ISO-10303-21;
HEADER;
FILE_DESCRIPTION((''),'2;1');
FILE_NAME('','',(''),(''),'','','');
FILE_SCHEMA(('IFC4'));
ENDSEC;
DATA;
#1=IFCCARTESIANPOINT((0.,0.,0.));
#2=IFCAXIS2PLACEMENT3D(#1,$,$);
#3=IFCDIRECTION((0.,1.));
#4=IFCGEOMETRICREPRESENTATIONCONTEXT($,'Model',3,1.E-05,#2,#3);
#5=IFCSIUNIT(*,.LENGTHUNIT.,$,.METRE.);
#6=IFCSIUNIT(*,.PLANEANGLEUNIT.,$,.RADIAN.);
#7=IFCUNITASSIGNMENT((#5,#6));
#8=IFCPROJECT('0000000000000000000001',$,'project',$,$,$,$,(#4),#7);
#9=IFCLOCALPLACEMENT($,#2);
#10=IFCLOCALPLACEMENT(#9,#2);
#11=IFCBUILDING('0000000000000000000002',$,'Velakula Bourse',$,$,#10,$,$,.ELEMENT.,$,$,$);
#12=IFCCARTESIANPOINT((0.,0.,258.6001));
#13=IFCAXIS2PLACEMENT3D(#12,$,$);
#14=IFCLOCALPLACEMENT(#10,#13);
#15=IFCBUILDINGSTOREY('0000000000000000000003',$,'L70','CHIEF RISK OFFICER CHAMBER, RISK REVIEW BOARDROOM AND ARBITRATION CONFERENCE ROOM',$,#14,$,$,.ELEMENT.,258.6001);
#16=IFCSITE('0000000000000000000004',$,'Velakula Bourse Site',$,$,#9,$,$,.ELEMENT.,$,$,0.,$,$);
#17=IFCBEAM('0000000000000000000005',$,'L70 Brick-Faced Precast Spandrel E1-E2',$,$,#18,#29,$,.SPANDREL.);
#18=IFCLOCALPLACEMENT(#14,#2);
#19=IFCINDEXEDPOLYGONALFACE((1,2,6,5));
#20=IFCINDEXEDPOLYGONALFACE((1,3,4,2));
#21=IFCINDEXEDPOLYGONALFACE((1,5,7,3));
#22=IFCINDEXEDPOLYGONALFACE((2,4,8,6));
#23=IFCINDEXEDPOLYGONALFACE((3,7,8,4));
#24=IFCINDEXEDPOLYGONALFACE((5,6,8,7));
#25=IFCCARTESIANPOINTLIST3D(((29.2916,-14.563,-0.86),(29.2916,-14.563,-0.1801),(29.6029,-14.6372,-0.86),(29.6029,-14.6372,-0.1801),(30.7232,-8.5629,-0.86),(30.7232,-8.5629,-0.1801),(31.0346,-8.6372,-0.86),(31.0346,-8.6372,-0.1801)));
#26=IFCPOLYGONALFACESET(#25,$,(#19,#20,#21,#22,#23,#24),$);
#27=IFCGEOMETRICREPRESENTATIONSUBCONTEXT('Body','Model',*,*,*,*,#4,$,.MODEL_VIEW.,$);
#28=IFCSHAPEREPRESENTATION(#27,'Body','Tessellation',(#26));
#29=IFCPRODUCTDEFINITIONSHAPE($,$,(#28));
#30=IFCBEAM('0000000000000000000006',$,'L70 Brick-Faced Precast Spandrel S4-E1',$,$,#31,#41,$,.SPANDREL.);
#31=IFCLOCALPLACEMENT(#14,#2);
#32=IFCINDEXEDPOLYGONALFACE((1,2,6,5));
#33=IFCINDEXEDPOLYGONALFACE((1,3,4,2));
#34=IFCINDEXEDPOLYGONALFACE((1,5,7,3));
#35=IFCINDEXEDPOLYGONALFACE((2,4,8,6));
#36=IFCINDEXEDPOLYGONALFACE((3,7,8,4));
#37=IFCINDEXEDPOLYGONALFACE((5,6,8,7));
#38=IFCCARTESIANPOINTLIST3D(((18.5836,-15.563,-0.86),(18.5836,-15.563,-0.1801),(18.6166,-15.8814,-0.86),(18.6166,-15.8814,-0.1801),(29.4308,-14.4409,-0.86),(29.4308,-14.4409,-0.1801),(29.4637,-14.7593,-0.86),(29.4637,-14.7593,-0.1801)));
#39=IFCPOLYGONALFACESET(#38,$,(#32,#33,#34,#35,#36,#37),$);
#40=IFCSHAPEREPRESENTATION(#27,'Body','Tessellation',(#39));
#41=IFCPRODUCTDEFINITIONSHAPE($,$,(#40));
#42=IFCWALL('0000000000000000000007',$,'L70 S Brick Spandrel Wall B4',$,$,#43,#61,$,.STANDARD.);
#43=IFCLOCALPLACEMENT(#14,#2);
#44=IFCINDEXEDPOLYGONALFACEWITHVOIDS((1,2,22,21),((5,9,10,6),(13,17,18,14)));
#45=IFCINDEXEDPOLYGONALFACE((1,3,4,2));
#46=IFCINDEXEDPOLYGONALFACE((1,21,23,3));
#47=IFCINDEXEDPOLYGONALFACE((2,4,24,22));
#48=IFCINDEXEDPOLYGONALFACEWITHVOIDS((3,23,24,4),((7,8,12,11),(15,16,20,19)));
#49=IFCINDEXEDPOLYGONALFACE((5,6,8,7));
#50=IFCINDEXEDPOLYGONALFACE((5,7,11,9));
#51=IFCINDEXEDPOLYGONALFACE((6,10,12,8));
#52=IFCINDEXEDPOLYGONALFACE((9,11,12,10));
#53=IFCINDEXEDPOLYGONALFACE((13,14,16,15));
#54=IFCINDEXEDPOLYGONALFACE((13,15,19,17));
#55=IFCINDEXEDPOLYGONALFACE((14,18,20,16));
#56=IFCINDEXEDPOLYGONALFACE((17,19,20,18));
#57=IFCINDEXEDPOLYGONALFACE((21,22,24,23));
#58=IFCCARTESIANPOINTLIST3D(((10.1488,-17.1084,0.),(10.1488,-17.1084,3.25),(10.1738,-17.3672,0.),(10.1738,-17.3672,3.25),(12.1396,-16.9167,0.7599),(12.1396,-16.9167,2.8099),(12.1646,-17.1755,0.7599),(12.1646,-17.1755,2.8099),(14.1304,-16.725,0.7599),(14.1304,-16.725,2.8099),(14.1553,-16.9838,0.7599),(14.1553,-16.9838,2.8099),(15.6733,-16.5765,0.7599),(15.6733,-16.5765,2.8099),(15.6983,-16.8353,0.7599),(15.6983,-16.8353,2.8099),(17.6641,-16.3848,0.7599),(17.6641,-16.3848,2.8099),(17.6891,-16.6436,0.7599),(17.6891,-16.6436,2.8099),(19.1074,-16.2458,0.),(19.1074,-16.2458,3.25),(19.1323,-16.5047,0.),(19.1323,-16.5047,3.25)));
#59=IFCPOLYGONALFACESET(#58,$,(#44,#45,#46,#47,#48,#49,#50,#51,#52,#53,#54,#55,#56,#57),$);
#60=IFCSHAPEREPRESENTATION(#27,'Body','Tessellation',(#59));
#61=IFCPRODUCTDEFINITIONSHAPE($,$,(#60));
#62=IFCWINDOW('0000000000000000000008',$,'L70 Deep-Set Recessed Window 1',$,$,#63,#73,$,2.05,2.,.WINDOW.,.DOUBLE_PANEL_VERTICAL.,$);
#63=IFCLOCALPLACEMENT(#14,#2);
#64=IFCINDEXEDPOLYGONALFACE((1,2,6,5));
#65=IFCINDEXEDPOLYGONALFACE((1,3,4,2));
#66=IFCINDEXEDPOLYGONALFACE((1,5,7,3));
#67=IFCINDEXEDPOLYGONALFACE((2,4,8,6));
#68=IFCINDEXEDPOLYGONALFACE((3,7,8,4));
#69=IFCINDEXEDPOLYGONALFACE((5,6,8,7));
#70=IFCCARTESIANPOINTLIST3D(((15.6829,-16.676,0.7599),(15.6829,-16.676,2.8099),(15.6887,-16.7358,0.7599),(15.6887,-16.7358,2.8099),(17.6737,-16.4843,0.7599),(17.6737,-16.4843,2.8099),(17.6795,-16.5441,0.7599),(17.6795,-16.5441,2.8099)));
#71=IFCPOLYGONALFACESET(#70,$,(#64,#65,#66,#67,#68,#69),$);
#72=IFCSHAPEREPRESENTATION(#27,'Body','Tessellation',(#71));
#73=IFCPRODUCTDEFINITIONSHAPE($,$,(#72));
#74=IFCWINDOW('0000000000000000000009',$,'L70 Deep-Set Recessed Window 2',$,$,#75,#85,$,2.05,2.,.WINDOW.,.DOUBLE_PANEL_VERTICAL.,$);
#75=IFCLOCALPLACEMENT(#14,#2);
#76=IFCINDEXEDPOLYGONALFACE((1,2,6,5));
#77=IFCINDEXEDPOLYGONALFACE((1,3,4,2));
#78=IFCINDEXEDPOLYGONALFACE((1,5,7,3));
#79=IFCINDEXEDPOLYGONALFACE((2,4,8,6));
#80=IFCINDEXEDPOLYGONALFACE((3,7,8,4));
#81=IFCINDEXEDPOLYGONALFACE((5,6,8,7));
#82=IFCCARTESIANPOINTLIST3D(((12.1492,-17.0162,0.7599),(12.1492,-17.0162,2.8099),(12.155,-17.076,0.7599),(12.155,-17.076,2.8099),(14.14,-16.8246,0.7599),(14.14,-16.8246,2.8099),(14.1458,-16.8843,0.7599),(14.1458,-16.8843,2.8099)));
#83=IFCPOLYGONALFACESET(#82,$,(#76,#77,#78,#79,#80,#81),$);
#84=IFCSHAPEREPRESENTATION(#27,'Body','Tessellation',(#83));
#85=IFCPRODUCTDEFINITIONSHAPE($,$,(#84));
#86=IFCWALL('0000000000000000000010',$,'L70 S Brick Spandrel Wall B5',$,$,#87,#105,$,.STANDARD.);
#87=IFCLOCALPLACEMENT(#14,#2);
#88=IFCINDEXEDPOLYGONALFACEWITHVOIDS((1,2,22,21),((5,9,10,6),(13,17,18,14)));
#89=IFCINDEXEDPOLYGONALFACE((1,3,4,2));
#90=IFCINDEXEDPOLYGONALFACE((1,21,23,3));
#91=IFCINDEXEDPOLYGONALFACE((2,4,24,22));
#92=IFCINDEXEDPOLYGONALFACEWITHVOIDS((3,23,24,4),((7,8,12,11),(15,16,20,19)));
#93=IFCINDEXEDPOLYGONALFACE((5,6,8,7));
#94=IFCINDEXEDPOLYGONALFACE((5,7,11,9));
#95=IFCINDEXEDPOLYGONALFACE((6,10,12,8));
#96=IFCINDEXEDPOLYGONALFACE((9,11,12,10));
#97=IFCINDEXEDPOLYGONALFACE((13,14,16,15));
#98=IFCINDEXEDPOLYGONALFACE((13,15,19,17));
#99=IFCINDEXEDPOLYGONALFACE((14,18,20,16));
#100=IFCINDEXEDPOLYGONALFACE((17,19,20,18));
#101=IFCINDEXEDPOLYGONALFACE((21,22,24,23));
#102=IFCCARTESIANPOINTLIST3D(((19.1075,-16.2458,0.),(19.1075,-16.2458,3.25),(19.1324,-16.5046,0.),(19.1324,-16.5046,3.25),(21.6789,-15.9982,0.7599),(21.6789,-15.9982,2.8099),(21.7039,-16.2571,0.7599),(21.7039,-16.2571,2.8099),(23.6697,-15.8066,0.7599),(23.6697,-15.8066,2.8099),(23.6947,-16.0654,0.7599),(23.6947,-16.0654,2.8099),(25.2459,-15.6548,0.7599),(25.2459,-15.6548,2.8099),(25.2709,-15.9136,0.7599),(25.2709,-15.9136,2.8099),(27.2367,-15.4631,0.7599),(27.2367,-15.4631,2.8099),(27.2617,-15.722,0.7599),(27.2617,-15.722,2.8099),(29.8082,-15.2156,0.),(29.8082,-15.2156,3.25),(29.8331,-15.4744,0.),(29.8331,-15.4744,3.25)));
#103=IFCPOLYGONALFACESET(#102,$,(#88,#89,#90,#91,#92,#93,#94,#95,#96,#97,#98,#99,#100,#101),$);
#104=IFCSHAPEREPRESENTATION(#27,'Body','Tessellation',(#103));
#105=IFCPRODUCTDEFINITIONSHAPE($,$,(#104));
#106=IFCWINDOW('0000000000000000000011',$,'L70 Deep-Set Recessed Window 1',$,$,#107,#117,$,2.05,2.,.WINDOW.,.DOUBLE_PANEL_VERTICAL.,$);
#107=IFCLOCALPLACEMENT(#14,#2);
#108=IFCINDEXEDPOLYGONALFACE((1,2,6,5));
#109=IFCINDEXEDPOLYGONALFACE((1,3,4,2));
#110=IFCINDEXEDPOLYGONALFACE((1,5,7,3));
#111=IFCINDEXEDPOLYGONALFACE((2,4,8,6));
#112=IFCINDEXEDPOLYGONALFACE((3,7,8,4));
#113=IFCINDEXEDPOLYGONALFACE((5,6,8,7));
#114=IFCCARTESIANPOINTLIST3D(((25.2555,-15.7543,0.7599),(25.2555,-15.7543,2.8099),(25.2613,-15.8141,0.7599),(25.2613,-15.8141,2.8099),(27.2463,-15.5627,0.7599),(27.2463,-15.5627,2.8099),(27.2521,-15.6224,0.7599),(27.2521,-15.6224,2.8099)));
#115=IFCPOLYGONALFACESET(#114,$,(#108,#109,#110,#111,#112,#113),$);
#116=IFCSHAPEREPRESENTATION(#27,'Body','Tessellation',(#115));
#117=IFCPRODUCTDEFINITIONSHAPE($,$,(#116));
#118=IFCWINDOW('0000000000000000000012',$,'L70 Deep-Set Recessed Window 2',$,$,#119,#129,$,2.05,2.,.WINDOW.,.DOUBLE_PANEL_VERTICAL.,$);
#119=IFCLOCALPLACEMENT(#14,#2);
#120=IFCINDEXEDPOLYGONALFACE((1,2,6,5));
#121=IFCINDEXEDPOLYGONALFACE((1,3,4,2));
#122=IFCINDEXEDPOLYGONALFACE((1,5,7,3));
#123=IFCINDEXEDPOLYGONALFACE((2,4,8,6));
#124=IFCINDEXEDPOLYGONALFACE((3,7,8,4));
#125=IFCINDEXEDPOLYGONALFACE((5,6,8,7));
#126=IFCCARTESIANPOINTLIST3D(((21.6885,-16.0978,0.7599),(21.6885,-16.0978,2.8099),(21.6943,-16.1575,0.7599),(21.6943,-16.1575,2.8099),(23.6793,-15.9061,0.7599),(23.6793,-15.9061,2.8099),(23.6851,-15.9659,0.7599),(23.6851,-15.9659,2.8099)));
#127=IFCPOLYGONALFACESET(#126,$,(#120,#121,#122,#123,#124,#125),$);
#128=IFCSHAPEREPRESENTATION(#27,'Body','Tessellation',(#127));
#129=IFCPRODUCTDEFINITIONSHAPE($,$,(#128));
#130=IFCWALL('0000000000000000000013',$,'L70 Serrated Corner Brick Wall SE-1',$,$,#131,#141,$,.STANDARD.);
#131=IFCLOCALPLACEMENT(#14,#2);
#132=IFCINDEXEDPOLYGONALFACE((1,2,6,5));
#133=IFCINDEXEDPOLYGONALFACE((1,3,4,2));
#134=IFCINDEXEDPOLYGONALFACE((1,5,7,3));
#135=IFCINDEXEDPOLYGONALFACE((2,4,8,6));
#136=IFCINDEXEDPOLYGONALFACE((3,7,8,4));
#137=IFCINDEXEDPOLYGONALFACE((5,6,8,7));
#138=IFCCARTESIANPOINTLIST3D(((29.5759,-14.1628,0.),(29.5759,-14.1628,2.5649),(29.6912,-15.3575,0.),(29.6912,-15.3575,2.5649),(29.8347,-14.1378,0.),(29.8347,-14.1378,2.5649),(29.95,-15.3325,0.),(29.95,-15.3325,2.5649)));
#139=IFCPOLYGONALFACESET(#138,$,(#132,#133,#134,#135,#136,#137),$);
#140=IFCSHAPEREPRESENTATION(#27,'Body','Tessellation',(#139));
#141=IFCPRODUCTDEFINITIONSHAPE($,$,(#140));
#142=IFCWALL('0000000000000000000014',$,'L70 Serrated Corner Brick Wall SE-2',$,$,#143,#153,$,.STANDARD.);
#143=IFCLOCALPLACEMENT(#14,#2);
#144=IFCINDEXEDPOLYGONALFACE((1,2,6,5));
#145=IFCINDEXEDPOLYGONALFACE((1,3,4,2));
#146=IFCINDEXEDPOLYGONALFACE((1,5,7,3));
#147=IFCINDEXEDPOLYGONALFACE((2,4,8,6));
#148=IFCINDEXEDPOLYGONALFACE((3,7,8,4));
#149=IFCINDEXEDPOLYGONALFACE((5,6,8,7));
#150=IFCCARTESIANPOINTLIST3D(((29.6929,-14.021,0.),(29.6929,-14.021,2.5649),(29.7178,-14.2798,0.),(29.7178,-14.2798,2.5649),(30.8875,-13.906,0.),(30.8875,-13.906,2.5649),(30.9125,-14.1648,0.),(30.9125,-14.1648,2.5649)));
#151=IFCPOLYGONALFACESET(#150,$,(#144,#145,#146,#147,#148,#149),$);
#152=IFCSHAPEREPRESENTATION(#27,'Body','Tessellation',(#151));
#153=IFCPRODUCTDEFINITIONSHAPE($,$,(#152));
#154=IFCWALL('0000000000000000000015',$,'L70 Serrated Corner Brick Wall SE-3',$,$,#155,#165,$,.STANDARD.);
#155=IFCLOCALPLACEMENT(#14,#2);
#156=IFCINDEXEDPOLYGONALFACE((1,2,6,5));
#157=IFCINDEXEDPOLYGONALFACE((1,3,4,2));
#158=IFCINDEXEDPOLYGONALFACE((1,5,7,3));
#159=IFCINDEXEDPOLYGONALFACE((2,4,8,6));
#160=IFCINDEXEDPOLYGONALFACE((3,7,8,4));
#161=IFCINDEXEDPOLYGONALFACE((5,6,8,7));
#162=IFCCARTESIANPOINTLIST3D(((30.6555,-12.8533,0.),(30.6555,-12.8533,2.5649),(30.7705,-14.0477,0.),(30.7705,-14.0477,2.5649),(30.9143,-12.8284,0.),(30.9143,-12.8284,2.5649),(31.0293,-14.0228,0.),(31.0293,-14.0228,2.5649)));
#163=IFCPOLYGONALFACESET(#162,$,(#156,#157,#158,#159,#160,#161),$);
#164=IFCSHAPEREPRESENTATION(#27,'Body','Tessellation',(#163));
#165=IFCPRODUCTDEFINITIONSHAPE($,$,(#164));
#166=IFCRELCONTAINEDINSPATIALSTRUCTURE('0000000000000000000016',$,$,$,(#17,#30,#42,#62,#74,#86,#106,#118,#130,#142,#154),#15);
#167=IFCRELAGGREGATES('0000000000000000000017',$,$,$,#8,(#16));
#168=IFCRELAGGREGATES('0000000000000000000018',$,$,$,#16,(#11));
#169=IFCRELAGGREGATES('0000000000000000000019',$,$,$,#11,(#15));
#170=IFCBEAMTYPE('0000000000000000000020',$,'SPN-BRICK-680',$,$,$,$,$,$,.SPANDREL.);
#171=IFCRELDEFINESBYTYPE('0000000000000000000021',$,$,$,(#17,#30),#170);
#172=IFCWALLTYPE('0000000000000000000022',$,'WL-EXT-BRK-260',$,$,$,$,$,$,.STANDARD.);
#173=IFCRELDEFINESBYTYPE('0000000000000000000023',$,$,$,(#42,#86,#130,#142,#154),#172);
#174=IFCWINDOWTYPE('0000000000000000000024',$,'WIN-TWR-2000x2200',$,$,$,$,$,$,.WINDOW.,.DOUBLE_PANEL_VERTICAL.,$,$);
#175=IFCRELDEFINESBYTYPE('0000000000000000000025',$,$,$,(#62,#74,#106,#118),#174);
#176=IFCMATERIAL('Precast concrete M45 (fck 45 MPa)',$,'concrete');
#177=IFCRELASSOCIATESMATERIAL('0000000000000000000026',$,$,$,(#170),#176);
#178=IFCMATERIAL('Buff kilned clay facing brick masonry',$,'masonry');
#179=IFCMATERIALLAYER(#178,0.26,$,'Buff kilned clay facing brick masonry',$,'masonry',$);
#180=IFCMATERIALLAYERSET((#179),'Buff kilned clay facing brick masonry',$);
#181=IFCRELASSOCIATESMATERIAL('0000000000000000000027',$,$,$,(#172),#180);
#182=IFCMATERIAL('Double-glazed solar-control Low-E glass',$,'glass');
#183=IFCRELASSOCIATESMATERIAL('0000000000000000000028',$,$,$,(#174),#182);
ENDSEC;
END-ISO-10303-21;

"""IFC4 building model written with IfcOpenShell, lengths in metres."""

from ifc_helpers import new_model, si_unit, direction, frame, frame_2d, origin, origin_2d, place, context, subcontext, project, spatial, rectangle, extrude, material, layer, layer_set, material_profile, profile_set, type_object, element, fill, save


model = new_model("IFC4")

# Units and contexts
model_context = context("Model", 3, precision=1e-05, world=origin(), true_north=direction((0.0, 1.0)))
body_context = subcontext(model_context, "Body", "Model", "MODEL_VIEW")
ifc_project = project(units=[si_unit("LENGTHUNIT", "METRE"), si_unit("PLANEANGLEUNIT", "RADIAN")], contexts=[model_context])

# Site, building, storey
site_placement = place(None, origin())
site = spatial("IfcSite", under=ifc_project, at=site_placement, Name="Velakula Bourse Site", CompositionType="ELEMENT", RefElevation=0.0)
building_placement = place(site_placement, origin())
building = spatial("IfcBuilding", under=site, at=building_placement, Name="Velakula Bourse", CompositionType="ELEMENT")
storey_placement = place(building_placement, frame((0.0, 0.0, 258.6001)))
storey = spatial("IfcBuildingStorey", under=building, at=storey_placement, Name="L70", Description="CHIEF RISK OFFICER CHAMBER, RISK REVIEW BOARDROOM AND ARBITRATION CONFERENCE ROOM", CompositionType="ELEMENT", Elevation=258.6001)

# Beams
ifc_material_1 = material(Name="Precast concrete M45 (fck 45 MPa)", Category="concrete")
ifc_material_profile_1 = material_profile(ifc_material_1, rectangle(XDim=0.3201, YDim=0.6799, at=origin_2d()), Name="Precast concrete M45 (fck 45 MPa)")
ifc_profile_set_1 = profile_set([ifc_material_profile_1], Name="Precast concrete M45 (fck 45 MPa)")
beam_type_1 = type_object("IfcBeamType", Name="SPN-BRICK-680", PredefinedType="SPANDREL", material=ifc_profile_set_1)
beam_1_placement = place(storey_placement, frame((29.4473, -14.6001, -0.52), z_axis=(0.232091, 0.972694, 0.0), x_axis=(-0.972694, 0.232091, 0.0)))
element("IfcBeam", 1, at=beam_1_placement, inside=storey, type_object=beam_type_1, Name="L70 Brick-Faced Precast Spandrel E1-E2", PredefinedType="SPANDREL", context=body_context, shape_type="SweptSolid", body=[
    extrude(rectangle(XDim=0.3201, YDim=0.6799, at=origin_2d()), origin(), (0.0, 0.0, 1.0), 6.1685),
])
beam_2_placement = place(storey_placement, frame((18.6001, -15.7222, -0.52), z_axis=(0.994692, 0.102895, 0.0), x_axis=(-0.102895, 0.994692, 0.0)))
element("IfcBeam", 2, at=beam_2_placement, inside=storey, type_object=beam_type_1, Name="L70 Brick-Faced Precast Spandrel S4-E1", PredefinedType="SPANDREL", context=body_context, shape_type="SweptSolid", body=[
    extrude(rectangle(XDim=0.3201, YDim=0.6799, at=origin_2d()), origin(), (0.0, 0.0, 1.0), 10.905),
])

# Walls, openings, windows
ifc_material_2 = material(Name="Buff kilned clay facing brick masonry", Category="masonry")
ifc_layer = layer(ifc_material_2, 0.26, Name="Buff kilned clay facing brick masonry", Category="masonry")
ifc_layer_set = layer_set([ifc_layer], Name="Buff kilned clay facing brick masonry")
wall_type = type_object("IfcWallType", Name="WL-EXT-BRK-260", PredefinedType="STANDARD", material=ifc_layer_set)
wall_1_placement = place(storey_placement, frame((19.1199, -16.3752, 0.0), z_axis=(0.0, 0.0, 1.0), x_axis=(-0.995397, -0.09584, 0.0)))
wall_1 = element("IfcWall", 3, at=wall_1_placement, inside=storey, type_object=wall_type, Name="L70 S Brick Spandrel Wall B4", PredefinedType="STANDARD", context=body_context, shape_type="SweptSolid", body=[
    extrude(rectangle(XDim=9.0, YDim=0.26, at=frame_2d((4.5, 0.0))), origin(), (0.0, 0.0, 1.0), 3.25),
])
opening_1_placement = place(wall_1_placement, frame((1.45, 0.0, 0.76)))
opening_1 = element("IfcOpeningElement", 4, at=opening_1_placement, cuts=wall_1, PredefinedType="OPENING", context=body_context, shape_type="SweptSolid", body=[
    extrude(rectangle(XDim=2.0, YDim=2.05, at=frame_2d((1.0, 1.0249))), frame((0.0, 0.1399, 0.0), z_axis=(0.0, -1.0, 0.0), x_axis=(1.0, 0.0, 0.0)), (0.0, 0.0, 1.0), 0.28),
])
opening_2_placement = place(wall_1_placement, frame((5.0, 0.0, 0.76)))
opening_2 = element("IfcOpeningElement", 5, at=opening_2_placement, cuts=wall_1, PredefinedType="OPENING", context=body_context, shape_type="SweptSolid", body=[
    extrude(rectangle(XDim=2.0, YDim=2.05, at=frame_2d((1.0, 1.0249))), frame((0.0, 0.1399, 0.0), z_axis=(0.0, -1.0, 0.0), x_axis=(1.0, 0.0, 0.0)), (0.0, 0.0, 1.0), 0.28),
])
ifc_material_3 = material(Name="Double-glazed solar-control Low-E glass", Category="glass")
window_type = type_object("IfcWindowType", Name="WIN-TWR-2000x2200", PartitioningType="DOUBLE_PANEL_VERTICAL", PredefinedType="WINDOW", material=ifc_material_3)
window_1_placement = place(opening_1_placement, origin())
window_1 = element("IfcWindow", 6, at=window_1_placement, inside=storey, type_object=window_type, Name="L70 Deep-Set Recessed Window 1", OverallHeight=2.05, OverallWidth=2.0, PartitioningType="DOUBLE_PANEL_VERTICAL", PredefinedType="WINDOW", context=body_context, shape_type="SweptSolid", body=[
    extrude(rectangle(XDim=2.0, YDim=2.05, at=frame_2d((1.0, 1.0249))), frame((0.0, 0.03, 0.0), z_axis=(0.0, -1.0, 0.0), x_axis=(1.0, 0.0, 0.0)), (0.0, 0.0, 1.0), 0.0601),
])
fill(opening_1, window_1)
window_2_placement = place(opening_2_placement, origin())
window_2 = element("IfcWindow", 7, at=window_2_placement, inside=storey, type_object=window_type, Name="L70 Deep-Set Recessed Window 2", OverallHeight=2.05, OverallWidth=2.0, PartitioningType="DOUBLE_PANEL_VERTICAL", PredefinedType="WINDOW", context=body_context, shape_type="SweptSolid", body=[
    extrude(rectangle(XDim=2.0, YDim=2.05, at=frame_2d((1.0, 1.0249))), frame((0.0, 0.03, 0.0), z_axis=(0.0, -1.0, 0.0), x_axis=(1.0, 0.0, 0.0)), (0.0, 0.0, 1.0), 0.0601),
])
fill(opening_2, window_2)
wall_2_placement = place(storey_placement, frame((29.8206, -15.345, 0.0), z_axis=(0.0, 0.0, 1.0), x_axis=(-0.995397, -0.095838, 0.0)))
wall_2 = element("IfcWall", 8, at=wall_2_placement, inside=storey, type_object=wall_type, Name="L70 S Brick Spandrel Wall B5", PredefinedType="STANDARD", context=body_context, shape_type="SweptSolid", body=[
    extrude(rectangle(XDim=10.7502, YDim=0.26, at=frame_2d((5.375, 0.0))), origin(), (0.0, 0.0, 1.0), 3.25),
])
opening_3_placement = place(wall_2_placement, frame((2.5833, 0.0, 0.76)))
opening_3 = element("IfcOpeningElement", 9, at=opening_3_placement, cuts=wall_2, PredefinedType="OPENING", context=body_context, shape_type="SweptSolid", body=[
    extrude(rectangle(XDim=2.0, YDim=2.05, at=frame_2d((1.0, 1.0249))), frame((0.0, 0.1399, 0.0), z_axis=(0.0, -1.0, 0.0), x_axis=(1.0, 0.0, 0.0)), (0.0, 0.0, 1.0), 0.28),
])
opening_4_placement = place(wall_2_placement, frame((6.1667, 0.0, 0.76)))
opening_4 = element("IfcOpeningElement", 10, at=opening_4_placement, cuts=wall_2, PredefinedType="OPENING", context=body_context, shape_type="SweptSolid", body=[
    extrude(rectangle(XDim=2.0, YDim=2.05, at=frame_2d((1.0, 1.0249))), frame((0.0, 0.1399, 0.0), z_axis=(0.0, -1.0, 0.0), x_axis=(1.0, 0.0, 0.0)), (0.0, 0.0, 1.0), 0.28),
])
window_3_placement = place(opening_3_placement, origin())
window_3 = element("IfcWindow", 11, at=window_3_placement, inside=storey, type_object=window_type, Name="L70 Deep-Set Recessed Window 1", OverallHeight=2.05, OverallWidth=2.0, PartitioningType="DOUBLE_PANEL_VERTICAL", PredefinedType="WINDOW", context=body_context, shape_type="SweptSolid", body=[
    extrude(rectangle(XDim=2.0, YDim=2.05, at=frame_2d((1.0, 1.0249))), frame((0.0, 0.03, 0.0), z_axis=(0.0, -1.0, 0.0), x_axis=(1.0, 0.0, 0.0)), (0.0, 0.0, 1.0), 0.0601),
])
fill(opening_3, window_3)
window_4_placement = place(opening_4_placement, origin())
window_4 = element("IfcWindow", 12, at=window_4_placement, inside=storey, type_object=window_type, Name="L70 Deep-Set Recessed Window 2", OverallHeight=2.05, OverallWidth=2.0, PartitioningType="DOUBLE_PANEL_VERTICAL", PredefinedType="WINDOW", context=body_context, shape_type="SweptSolid", body=[
    extrude(rectangle(XDim=2.0, YDim=2.05, at=frame_2d((1.0, 1.0249))), frame((0.0, 0.03, 0.0), z_axis=(0.0, -1.0, 0.0), x_axis=(1.0, 0.0, 0.0)), (0.0, 0.0, 1.0), 0.0601),
])
fill(opening_4, window_4)

# Walls
for number, where, z_axis, x_axis, name in (
    (13, (29.8206, -15.345, 0.0), (0.0, 0.0, 1.0), (-0.096019, 0.99538, 0.0), "L70 Serrated Corner Brick Wall SE-1"),
    (14, (29.7053, -14.1504, 0.0), (0.0, 0.0, 1.0), (0.995399, 0.095817, 0.0), "L70 Serrated Corner Brick Wall SE-2"),
):
    element("IfcWall", number, at=place(storey_placement, frame(where, z_axis=z_axis, x_axis=x_axis)), inside=storey, type_object=wall_type, Name=name, PredefinedType="STANDARD", context=body_context, shape_type="SweptSolid", body=[
        extrude(rectangle(XDim=1.2002, YDim=0.26, at=frame_2d((0.6001, 0.0))), origin(), (0.0, 0.0, 1.0), 2.5649),
    ])
wall_3_placement = place(storey_placement, frame((30.8999, -14.0354, 0.0), z_axis=(0.0, 0.0, 1.0), x_axis=(-0.095836, 0.995397, 0.0)))
element("IfcWall", 15, at=wall_3_placement, inside=storey, type_object=wall_type, Name="L70 Serrated Corner Brick Wall SE-3", PredefinedType="STANDARD", context=body_context, shape_type="SweptSolid", body=[
    extrude(rectangle(XDim=1.2, YDim=0.26, at=frame_2d((0.6001, 0.0))), origin(), (0.0, 0.0, 1.0), 2.5649),
])

save(model, "model.ifc")
